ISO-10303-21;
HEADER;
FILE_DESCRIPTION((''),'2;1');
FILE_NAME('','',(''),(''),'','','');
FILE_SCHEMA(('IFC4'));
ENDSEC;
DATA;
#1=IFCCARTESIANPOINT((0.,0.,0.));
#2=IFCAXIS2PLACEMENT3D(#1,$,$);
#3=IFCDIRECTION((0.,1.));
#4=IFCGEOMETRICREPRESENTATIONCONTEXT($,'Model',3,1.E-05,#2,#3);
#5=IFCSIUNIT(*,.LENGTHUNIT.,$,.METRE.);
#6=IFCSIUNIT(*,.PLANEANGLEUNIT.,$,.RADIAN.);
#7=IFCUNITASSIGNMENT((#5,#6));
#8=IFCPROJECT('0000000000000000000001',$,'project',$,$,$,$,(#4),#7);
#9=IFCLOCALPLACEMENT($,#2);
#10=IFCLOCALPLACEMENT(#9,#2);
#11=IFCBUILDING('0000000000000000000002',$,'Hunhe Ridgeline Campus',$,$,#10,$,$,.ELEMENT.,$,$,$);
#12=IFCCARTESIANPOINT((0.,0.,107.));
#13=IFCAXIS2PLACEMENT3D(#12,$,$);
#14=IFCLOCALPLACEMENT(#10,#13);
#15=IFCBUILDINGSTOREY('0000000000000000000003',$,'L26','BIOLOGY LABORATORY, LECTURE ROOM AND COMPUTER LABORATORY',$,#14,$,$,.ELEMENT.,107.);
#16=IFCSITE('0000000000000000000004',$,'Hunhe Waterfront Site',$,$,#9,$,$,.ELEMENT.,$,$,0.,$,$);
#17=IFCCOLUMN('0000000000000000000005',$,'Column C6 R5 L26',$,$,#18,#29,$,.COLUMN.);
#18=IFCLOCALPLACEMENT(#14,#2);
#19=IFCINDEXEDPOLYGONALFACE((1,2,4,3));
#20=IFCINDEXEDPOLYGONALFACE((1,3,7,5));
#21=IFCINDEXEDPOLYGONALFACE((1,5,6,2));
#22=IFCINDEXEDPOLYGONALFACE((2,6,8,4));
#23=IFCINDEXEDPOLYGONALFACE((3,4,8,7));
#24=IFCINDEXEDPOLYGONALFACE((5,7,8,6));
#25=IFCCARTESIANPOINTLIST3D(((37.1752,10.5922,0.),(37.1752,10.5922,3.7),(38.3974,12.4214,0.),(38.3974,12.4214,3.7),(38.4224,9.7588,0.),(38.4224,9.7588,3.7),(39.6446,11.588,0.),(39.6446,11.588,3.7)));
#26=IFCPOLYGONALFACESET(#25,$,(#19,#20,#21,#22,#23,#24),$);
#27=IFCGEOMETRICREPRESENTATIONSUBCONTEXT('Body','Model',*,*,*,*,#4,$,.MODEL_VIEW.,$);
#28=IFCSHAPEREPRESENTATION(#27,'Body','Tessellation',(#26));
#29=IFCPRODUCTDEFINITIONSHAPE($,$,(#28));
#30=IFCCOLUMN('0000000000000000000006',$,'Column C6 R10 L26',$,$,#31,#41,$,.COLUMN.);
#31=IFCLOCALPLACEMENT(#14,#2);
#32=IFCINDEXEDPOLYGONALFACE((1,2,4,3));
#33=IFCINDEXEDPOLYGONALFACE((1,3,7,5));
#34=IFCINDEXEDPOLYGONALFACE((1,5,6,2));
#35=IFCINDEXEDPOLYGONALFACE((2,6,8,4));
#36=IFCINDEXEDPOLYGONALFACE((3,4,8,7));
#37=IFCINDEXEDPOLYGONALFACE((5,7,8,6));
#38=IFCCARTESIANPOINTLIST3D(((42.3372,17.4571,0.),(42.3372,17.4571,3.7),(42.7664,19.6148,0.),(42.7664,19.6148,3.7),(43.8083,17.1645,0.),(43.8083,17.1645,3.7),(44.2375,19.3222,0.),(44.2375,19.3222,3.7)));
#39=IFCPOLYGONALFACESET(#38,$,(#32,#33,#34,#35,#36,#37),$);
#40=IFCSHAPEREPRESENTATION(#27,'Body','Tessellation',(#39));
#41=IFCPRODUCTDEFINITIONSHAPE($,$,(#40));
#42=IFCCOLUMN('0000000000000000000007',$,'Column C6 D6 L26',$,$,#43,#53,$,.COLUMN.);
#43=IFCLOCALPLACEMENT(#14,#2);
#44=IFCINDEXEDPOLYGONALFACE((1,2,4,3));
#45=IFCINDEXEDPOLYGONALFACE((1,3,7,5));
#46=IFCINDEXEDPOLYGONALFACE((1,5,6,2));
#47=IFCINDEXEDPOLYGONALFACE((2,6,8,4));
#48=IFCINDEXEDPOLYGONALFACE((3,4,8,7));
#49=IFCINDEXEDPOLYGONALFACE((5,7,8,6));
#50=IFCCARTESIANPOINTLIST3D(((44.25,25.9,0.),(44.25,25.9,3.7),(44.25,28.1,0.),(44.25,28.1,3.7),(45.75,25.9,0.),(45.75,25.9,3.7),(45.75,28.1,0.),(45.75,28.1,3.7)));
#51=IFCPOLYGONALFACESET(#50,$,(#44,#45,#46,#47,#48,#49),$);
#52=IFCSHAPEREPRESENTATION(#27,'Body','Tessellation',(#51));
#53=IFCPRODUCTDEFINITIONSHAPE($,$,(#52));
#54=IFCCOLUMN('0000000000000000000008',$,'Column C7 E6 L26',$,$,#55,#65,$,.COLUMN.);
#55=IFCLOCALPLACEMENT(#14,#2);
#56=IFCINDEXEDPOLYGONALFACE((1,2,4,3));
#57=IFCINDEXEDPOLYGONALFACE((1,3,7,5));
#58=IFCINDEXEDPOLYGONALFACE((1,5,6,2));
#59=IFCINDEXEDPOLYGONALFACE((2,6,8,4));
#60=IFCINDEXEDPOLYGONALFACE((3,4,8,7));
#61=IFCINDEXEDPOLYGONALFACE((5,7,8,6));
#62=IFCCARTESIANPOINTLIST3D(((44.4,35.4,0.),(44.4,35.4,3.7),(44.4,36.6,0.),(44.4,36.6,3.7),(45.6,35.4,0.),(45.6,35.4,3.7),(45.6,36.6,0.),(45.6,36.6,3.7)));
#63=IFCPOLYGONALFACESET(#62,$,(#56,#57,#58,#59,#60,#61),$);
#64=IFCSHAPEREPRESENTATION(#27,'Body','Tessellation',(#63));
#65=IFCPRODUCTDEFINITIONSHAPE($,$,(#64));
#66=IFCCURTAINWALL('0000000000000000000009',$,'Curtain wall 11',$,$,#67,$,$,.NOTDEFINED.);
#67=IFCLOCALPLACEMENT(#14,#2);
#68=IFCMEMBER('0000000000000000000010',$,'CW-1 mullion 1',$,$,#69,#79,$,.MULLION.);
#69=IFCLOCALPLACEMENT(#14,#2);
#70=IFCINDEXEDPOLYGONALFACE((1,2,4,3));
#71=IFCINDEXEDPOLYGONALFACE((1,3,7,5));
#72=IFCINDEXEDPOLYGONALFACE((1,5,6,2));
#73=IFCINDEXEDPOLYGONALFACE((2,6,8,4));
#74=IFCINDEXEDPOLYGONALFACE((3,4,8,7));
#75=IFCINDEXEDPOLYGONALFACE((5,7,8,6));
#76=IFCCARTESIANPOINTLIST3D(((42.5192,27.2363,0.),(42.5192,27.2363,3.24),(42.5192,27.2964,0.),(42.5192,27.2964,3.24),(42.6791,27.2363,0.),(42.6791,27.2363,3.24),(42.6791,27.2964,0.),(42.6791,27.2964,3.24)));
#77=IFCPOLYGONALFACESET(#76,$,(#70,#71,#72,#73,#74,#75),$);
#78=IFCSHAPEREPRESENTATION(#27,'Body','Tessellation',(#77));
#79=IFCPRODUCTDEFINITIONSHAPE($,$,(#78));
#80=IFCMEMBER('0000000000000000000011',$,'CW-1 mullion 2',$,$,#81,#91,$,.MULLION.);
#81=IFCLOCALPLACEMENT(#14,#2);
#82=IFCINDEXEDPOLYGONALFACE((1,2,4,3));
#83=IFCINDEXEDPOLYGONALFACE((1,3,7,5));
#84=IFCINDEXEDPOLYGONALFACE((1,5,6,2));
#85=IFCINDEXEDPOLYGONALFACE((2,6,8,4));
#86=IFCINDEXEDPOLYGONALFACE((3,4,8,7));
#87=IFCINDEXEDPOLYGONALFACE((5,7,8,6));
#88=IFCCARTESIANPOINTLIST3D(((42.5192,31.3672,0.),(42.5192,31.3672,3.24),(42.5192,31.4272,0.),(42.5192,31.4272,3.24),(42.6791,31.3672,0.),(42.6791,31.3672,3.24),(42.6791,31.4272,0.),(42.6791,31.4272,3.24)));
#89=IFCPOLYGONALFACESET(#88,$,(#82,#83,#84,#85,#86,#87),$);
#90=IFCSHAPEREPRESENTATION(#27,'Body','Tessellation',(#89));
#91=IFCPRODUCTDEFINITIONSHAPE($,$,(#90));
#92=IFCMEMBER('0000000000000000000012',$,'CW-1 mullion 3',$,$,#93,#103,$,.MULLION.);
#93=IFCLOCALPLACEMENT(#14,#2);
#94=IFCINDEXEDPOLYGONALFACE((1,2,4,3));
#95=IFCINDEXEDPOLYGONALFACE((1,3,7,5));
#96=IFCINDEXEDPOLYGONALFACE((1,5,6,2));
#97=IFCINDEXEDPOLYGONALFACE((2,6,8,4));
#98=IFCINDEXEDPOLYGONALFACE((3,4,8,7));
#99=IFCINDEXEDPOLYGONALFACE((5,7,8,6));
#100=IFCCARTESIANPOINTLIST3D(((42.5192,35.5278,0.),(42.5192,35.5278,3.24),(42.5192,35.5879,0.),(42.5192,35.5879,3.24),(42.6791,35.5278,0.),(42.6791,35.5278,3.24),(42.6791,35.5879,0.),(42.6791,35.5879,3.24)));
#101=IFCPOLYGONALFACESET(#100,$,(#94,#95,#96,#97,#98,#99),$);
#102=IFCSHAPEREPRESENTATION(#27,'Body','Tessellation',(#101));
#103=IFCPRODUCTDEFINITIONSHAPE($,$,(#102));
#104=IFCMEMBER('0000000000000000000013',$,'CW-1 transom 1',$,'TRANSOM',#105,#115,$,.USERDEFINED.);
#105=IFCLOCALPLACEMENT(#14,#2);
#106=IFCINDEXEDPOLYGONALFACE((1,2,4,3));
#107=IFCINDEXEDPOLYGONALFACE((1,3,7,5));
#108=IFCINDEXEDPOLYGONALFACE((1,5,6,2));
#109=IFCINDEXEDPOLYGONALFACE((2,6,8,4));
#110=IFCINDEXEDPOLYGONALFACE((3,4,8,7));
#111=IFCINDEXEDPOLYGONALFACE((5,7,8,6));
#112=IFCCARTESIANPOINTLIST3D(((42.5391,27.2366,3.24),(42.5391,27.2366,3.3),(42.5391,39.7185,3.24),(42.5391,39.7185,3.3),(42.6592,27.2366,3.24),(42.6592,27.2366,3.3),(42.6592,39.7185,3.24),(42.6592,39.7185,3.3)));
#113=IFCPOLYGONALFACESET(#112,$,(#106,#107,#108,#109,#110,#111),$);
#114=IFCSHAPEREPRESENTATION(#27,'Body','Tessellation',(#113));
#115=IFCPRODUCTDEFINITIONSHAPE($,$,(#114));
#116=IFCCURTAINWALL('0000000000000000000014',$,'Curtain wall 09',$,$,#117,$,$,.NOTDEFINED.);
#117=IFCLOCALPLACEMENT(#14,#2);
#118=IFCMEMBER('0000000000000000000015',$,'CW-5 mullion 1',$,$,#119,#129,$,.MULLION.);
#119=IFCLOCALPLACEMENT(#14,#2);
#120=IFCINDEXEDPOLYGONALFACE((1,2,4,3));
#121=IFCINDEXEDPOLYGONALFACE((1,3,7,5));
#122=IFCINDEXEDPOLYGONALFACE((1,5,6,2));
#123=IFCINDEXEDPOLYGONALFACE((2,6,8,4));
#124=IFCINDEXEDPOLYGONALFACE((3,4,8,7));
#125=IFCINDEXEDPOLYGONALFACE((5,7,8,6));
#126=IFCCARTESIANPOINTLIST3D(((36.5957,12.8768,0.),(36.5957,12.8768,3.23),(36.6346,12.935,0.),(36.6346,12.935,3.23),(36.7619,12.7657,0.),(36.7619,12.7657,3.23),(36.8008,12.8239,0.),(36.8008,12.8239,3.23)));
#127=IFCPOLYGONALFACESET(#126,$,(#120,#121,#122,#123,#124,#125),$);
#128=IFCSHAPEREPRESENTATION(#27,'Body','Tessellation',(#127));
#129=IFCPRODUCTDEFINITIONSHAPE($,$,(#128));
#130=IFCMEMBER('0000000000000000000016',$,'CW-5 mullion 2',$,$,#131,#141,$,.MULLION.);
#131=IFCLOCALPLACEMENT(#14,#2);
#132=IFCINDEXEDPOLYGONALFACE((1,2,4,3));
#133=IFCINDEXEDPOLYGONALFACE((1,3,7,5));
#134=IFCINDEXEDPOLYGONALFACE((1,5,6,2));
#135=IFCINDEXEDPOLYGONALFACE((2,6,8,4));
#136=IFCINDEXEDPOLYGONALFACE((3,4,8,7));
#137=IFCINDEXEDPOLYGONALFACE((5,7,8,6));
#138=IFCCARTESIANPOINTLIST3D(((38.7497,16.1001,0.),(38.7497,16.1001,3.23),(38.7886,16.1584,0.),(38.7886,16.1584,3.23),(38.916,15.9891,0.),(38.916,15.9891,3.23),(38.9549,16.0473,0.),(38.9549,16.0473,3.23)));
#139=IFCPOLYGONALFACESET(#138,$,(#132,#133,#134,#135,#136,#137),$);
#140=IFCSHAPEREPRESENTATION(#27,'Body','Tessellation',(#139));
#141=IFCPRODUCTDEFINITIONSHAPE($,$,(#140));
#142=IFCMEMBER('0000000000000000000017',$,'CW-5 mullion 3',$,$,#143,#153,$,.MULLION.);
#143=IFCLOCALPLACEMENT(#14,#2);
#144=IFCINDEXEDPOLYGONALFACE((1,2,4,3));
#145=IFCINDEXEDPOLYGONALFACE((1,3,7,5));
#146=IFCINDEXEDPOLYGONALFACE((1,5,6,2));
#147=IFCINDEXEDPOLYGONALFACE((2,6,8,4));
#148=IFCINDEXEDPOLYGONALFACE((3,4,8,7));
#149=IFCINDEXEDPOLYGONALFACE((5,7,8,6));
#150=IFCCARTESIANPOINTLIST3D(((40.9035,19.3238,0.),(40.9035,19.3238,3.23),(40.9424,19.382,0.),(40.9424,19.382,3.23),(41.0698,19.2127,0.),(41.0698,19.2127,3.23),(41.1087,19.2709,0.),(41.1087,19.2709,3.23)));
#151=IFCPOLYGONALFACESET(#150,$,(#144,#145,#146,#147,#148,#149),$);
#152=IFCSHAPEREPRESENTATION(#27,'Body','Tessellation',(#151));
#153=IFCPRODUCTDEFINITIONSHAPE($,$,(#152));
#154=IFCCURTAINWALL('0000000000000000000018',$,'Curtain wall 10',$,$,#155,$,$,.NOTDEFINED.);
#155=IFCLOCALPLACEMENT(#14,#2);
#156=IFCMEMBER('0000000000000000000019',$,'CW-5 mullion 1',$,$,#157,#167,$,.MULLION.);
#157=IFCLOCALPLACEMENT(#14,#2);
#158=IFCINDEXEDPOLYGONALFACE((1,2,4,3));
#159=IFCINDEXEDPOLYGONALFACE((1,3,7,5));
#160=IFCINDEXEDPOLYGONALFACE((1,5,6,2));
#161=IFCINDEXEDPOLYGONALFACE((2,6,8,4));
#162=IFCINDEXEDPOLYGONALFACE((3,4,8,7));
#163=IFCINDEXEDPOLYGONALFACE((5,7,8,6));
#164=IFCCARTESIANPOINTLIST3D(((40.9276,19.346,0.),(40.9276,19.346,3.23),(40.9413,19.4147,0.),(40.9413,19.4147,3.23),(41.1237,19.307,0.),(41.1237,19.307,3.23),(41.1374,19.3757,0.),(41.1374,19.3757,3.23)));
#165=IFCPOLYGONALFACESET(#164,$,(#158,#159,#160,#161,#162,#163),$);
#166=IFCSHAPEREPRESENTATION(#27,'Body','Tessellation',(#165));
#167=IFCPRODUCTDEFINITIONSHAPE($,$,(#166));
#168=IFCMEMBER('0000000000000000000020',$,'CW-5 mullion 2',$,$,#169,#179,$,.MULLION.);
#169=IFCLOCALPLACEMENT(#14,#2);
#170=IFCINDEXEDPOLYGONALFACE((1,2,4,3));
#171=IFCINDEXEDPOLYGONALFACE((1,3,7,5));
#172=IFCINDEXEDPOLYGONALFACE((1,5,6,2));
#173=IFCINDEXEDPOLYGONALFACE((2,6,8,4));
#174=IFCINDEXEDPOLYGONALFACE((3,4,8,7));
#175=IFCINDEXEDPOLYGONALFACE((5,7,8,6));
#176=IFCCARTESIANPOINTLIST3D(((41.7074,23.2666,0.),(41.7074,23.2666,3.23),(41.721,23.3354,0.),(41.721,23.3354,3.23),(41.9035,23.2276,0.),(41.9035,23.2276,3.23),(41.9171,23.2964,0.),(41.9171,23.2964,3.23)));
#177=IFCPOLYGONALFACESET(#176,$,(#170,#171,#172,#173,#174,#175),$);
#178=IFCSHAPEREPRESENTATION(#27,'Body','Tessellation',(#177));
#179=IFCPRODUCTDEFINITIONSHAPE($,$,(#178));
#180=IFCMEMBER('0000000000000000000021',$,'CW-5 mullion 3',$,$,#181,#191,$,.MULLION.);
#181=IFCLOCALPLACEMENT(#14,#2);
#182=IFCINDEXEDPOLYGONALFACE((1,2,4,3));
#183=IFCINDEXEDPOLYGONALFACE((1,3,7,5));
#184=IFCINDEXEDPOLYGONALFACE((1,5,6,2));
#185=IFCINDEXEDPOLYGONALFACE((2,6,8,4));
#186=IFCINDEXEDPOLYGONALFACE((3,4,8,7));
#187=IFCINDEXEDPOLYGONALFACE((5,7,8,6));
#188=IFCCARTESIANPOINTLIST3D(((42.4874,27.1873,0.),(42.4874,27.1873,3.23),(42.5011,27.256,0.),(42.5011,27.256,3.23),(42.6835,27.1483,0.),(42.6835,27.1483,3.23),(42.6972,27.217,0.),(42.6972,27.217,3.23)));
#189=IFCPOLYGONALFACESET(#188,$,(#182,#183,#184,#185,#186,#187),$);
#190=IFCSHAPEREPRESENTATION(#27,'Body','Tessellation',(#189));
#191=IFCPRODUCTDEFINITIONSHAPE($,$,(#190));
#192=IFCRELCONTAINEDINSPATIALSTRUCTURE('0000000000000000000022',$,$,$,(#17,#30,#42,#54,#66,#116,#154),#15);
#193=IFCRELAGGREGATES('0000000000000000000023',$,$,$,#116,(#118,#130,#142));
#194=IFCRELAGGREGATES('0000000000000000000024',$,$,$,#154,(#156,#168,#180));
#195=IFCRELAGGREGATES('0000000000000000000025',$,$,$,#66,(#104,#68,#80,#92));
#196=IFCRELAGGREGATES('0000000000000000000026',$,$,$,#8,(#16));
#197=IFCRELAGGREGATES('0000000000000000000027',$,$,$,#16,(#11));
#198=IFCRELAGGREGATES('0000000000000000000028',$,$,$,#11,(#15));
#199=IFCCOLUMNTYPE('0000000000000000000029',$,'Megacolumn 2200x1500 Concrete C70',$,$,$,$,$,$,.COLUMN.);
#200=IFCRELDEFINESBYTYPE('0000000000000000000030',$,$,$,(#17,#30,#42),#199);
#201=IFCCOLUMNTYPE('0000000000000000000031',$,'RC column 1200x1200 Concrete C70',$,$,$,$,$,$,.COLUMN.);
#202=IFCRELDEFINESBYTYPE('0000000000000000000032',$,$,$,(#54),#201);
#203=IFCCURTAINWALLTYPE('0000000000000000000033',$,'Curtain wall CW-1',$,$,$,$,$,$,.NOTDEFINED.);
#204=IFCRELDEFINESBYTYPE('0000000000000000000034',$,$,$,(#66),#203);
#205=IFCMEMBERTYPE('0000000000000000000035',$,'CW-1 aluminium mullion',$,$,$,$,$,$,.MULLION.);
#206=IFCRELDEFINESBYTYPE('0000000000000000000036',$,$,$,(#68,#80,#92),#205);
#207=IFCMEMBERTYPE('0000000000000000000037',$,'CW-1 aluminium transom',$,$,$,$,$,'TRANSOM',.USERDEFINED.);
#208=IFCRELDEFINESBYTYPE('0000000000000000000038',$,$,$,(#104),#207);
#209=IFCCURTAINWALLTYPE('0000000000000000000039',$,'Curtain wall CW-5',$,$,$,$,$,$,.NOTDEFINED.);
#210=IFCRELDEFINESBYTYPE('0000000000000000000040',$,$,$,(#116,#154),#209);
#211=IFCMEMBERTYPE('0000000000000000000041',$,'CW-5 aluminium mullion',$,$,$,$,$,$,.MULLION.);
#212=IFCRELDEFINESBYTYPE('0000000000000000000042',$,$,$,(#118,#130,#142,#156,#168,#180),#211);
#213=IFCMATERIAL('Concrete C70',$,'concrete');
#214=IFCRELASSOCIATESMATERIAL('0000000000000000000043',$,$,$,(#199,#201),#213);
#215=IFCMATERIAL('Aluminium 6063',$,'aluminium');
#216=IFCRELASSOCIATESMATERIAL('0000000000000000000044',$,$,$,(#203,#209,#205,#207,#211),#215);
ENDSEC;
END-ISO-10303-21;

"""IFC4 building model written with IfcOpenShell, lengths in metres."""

from ifc_helpers import new_model, si_unit, direction, frame, origin, origin_2d, place, context, subcontext, project, spatial, rectangle, extrude, material, material_profile, profile_set, type_object, element, aggregate, save


model = new_model("IFC4")

# Units and contexts
model_context = context("Model", 3, precision=1e-05, world=origin(), true_north=direction((0.0, 1.0)))
body_context = subcontext(model_context, "Body", "Model", "MODEL_VIEW")
ifc_project = project(units=[si_unit("LENGTHUNIT", "METRE"), si_unit("PLANEANGLEUNIT", "RADIAN")], contexts=[model_context])

# Site, building, storey
site_placement = place(None, origin())
site = spatial("IfcSite", under=ifc_project, at=site_placement, Name="Hunhe Waterfront Site", CompositionType="ELEMENT", RefElevation=0.0)
building_placement = place(site_placement, origin())
building = spatial("IfcBuilding", under=site, at=building_placement, Name="Hunhe Ridgeline Campus", CompositionType="ELEMENT")
storey_placement = place(building_placement, frame((0.0, 0.0, 107.0)))
storey = spatial("IfcBuildingStorey", under=building, at=storey_placement, Name="L26", Description="BIOLOGY LABORATORY, LECTURE ROOM AND COMPUTER LABORATORY", CompositionType="ELEMENT", Elevation=107.0)

# Columns
ifc_material_1 = material(Name="Concrete C70", Category="concrete")
ifc_material_profile_1 = material_profile(ifc_material_1, rectangle(XDim=2.2, YDim=1.5, at=origin_2d()))
ifc_profile_set_1 = profile_set([ifc_material_profile_1], Name="Concrete C70")
column_type_1 = type_object("IfcColumnType", Name="Megacolumn 2200x1500 Concrete C70", PredefinedType="COLUMN", material=ifc_profile_set_1)
for number, where, z_axis, x_axis, name in (
    (1, (38.4099, 11.0901, 0.0), (0.0, 0.0, 1.0), (0.55557, 0.83147, 0.0), "Column C6 R5 L26"),
    (2, (43.2874, 18.3896, 0.0), (0.0, 0.0, 1.0), (0.19509, 0.980785, 0.0), "Column C6 R10 L26"),
    (3, (45.0, 27.0, 0.0), (0.0, 0.0, 1.0), (0.0, 1.0, 0.0), "Column C6 D6 L26"),
):
    element("IfcColumn", number, at=place(storey_placement, frame(where, z_axis=z_axis, x_axis=x_axis)), inside=storey, type_object=column_type_1, Name=name, PredefinedType="COLUMN", context=body_context, shape_type="SweptSolid", body=[
        extrude(rectangle(XDim=2.2, YDim=1.5, at=origin_2d()), origin(), (0.0, 0.0, 1.0), 3.7),
    ])
ifc_material_profile_2 = material_profile(ifc_material_1, rectangle(XDim=1.2, YDim=1.2, at=origin_2d()))
ifc_profile_set_2 = profile_set([ifc_material_profile_2], Name="Concrete C70")
column_type_2 = type_object("IfcColumnType", Name="RC column 1200x1200 Concrete C70", PredefinedType="COLUMN", material=ifc_profile_set_2)
column_placement = place(storey_placement, frame((45.0, 36.0, 0.0), z_axis=(0.0, 0.0, 1.0), x_axis=(1.0, 0.0, 0.0)))
element("IfcColumn", 4, at=column_placement, inside=storey, type_object=column_type_2, Name="Column C7 E6 L26", PredefinedType="COLUMN", context=body_context, shape_type="SweptSolid", body=[
    extrude(rectangle(XDim=1.2, YDim=1.2, at=origin_2d()), origin(), (0.0, 0.0, 1.0), 3.7),
])

# Curtain walls, members
ifc_material_2 = material(Name="Aluminium 6063", Category="aluminium")
curtain_wall_type_1 = type_object("IfcCurtainWallType", Name="Curtain wall CW-1", PredefinedType="NOTDEFINED", material=ifc_material_2)
curtain_wall_1_placement = place(storey_placement, origin())
curtain_wall_1 = element("IfcCurtainWall", 5, at=curtain_wall_1_placement, inside=storey, type_object=curtain_wall_type_1, Name="Curtain wall 11", PredefinedType="NOTDEFINED")
ifc_material_profile_3 = material_profile(ifc_material_2, rectangle(XDim=0.1599, YDim=0.0601, at=origin_2d()))
ifc_profile_set_3 = profile_set([ifc_material_profile_3], Name="Aluminium 6063")
member_type_1 = type_object("IfcMemberType", Name="CW-1 aluminium mullion", PredefinedType="MULLION", material=ifc_profile_set_3)
member_1_placement = place(storey_placement, frame((42.5991, 27.2664, 0.0), z_axis=(0.0, 0.0, 1.0), x_axis=(-1.0, 0.000011, 0.0)))
member_1 = element("IfcMember", 6, at=member_1_placement, type_object=member_type_1, Name="CW-1 mullion 1", PredefinedType="MULLION", context=body_context, shape_type="SweptSolid", body=[
    extrude(rectangle(XDim=0.1599, YDim=0.0601, at=origin_2d()), origin(), (0.0, 0.0, 1.0), 3.24),
])
member_2_placement = place(storey_placement, frame((42.5991, 31.3972, 0.0), z_axis=(0.0, 0.0, 1.0), x_axis=(-1.0, 0.000011, 0.0)))
member_2 = element("IfcMember", 7, at=member_2_placement, type_object=member_type_1, Name="CW-1 mullion 2", PredefinedType="MULLION", context=body_context, shape_type="SweptSolid", body=[
    extrude(rectangle(XDim=0.1599, YDim=0.0601, at=origin_2d()), origin(), (0.0, 0.0, 1.0), 3.24),
])
member_3_placement = place(storey_placement, frame((42.5991, 35.5579, 0.0), z_axis=(0.0, 0.0, 1.0), x_axis=(-1.0, 0.000011, 0.0)))
member_3 = element("IfcMember", 8, at=member_3_placement, type_object=member_type_1, Name="CW-1 mullion 3", PredefinedType="MULLION", context=body_context, shape_type="SweptSolid", body=[
    extrude(rectangle(XDim=0.1599, YDim=0.0601, at=origin_2d()), origin(), (0.0, 0.0, 1.0), 3.24),
])
ifc_material_profile_4 = material_profile(ifc_material_2, rectangle(XDim=0.1201, YDim=0.0601, at=origin_2d()))
ifc_profile_set_4 = profile_set([ifc_material_profile_4], Name="Aluminium 6063")
member_type_2 = type_object("IfcMemberType", Name="CW-1 aluminium transom", ElementType="TRANSOM", PredefinedType="USERDEFINED", material=ifc_profile_set_4)
member_4_placement = place(storey_placement, frame((42.5991, 27.2366, 3.27), z_axis=(0.0, 1.0, 0.0), x_axis=(-1.0, 0.0, 0.0)))
member_4 = element("IfcMember", 9, at=member_4_placement, type_object=member_type_2, Name="CW-1 transom 1", ObjectType="TRANSOM", PredefinedType="USERDEFINED", context=body_context, shape_type="SweptSolid", body=[
    extrude(rectangle(XDim=0.1201, YDim=0.0601, at=origin_2d()), origin(), (0.0, 0.0, 1.0), 12.4819),
])
curtain_wall_type_2 = type_object("IfcCurtainWallType", Name="Curtain wall CW-5", PredefinedType="NOTDEFINED", material=ifc_material_2)
curtain_wall_2_placement = place(storey_placement, origin())
curtain_wall_2 = element("IfcCurtainWall", 10, at=curtain_wall_2_placement, inside=storey, type_object=curtain_wall_type_2, Name="Curtain wall 09", PredefinedType="NOTDEFINED")
ifc_material_profile_5 = material_profile(ifc_material_2, rectangle(XDim=0.2, YDim=0.0701, at=origin_2d()))
ifc_profile_set_5 = profile_set([ifc_material_profile_5], Name="Aluminium 6063")
member_type_3 = type_object("IfcMemberType", Name="CW-5 aluminium mullion", PredefinedType="MULLION", material=ifc_profile_set_5)
member_5_placement = place(storey_placement, frame((36.6982, 12.8503, 0.0), z_axis=(0.0, 0.0, 1.0), x_axis=(-0.83147, 0.55557, 0.0)))
member_5 = element("IfcMember", 11, at=member_5_placement, type_object=member_type_3, Name="CW-5 mullion 1", PredefinedType="MULLION", context=body_context, shape_type="SweptSolid", body=[
    extrude(rectangle(XDim=0.2, YDim=0.0701, at=origin_2d()), origin(), (0.0, 0.0, 1.0), 3.23),
])
member_6_placement = place(storey_placement, frame((38.8523, 16.0737, 0.0), z_axis=(0.0, 0.0, 1.0), x_axis=(-0.83147, 0.55557, 0.0)))
member_6 = element("IfcMember", 12, at=member_6_placement, type_object=member_type_3, Name="CW-5 mullion 2", PredefinedType="MULLION", context=body_context, shape_type="SweptSolid", body=[
    extrude(rectangle(XDim=0.2, YDim=0.0701, at=origin_2d()), origin(), (0.0, 0.0, 1.0), 3.23),
])
member_7_placement = place(storey_placement, frame((41.0061, 19.2974, 0.0), z_axis=(0.0, 0.0, 1.0), x_axis=(-0.83147, 0.55557, 0.0)))
member_7 = element("IfcMember", 13, at=member_7_placement, type_object=member_type_3, Name="CW-5 mullion 3", PredefinedType="MULLION", context=body_context, shape_type="SweptSolid", body=[
    extrude(rectangle(XDim=0.2, YDim=0.0701, at=origin_2d()), origin(), (0.0, 0.0, 1.0), 3.23),
])
curtain_wall_3_placement = place(storey_placement, origin())
curtain_wall_3 = element("IfcCurtainWall", 14, at=curtain_wall_3_placement, inside=storey, type_object=curtain_wall_type_2, Name="Curtain wall 10", PredefinedType="NOTDEFINED")
member_8_placement = place(storey_placement, frame((41.0325, 19.3608, 0.0), z_axis=(0.0, 0.0, 1.0), x_axis=(-0.980785, 0.19509, 0.0)))
member_8 = element("IfcMember", 15, at=member_8_placement, type_object=member_type_3, Name="CW-5 mullion 1", PredefinedType="MULLION", context=body_context, shape_type="SweptSolid", body=[
    extrude(rectangle(XDim=0.2, YDim=0.0701, at=origin_2d()), origin(), (0.0, 0.0, 1.0), 3.23),
])
member_9_placement = place(storey_placement, frame((41.8123, 23.2815, 0.0), z_axis=(0.0, 0.0, 1.0), x_axis=(-0.980785, 0.19509, 0.0)))
member_9 = element("IfcMember", 16, at=member_9_placement, type_object=member_type_3, Name="CW-5 mullion 2", PredefinedType="MULLION", context=body_context, shape_type="SweptSolid", body=[
    extrude(rectangle(XDim=0.2, YDim=0.0701, at=origin_2d()), origin(), (0.0, 0.0, 1.0), 3.23),
])
member_10_placement = place(storey_placement, frame((42.5923, 27.2021, 0.0), z_axis=(0.0, 0.0, 1.0), x_axis=(-0.980785, 0.19509, 0.0)))
member_10 = element("IfcMember", 17, at=member_10_placement, type_object=member_type_3, Name="CW-5 mullion 3", PredefinedType="MULLION", context=body_context, shape_type="SweptSolid", body=[
    extrude(rectangle(XDim=0.2, YDim=0.0701, at=origin_2d()), origin(), (0.0, 0.0, 1.0), 3.23),
])

aggregate(curtain_wall_2, [member_5, member_6, member_7])
aggregate(curtain_wall_3, [member_8, member_9, member_10])
aggregate(curtain_wall_1, [member_4, member_1, member_2, member_3])

save(model, "model.ifc")
